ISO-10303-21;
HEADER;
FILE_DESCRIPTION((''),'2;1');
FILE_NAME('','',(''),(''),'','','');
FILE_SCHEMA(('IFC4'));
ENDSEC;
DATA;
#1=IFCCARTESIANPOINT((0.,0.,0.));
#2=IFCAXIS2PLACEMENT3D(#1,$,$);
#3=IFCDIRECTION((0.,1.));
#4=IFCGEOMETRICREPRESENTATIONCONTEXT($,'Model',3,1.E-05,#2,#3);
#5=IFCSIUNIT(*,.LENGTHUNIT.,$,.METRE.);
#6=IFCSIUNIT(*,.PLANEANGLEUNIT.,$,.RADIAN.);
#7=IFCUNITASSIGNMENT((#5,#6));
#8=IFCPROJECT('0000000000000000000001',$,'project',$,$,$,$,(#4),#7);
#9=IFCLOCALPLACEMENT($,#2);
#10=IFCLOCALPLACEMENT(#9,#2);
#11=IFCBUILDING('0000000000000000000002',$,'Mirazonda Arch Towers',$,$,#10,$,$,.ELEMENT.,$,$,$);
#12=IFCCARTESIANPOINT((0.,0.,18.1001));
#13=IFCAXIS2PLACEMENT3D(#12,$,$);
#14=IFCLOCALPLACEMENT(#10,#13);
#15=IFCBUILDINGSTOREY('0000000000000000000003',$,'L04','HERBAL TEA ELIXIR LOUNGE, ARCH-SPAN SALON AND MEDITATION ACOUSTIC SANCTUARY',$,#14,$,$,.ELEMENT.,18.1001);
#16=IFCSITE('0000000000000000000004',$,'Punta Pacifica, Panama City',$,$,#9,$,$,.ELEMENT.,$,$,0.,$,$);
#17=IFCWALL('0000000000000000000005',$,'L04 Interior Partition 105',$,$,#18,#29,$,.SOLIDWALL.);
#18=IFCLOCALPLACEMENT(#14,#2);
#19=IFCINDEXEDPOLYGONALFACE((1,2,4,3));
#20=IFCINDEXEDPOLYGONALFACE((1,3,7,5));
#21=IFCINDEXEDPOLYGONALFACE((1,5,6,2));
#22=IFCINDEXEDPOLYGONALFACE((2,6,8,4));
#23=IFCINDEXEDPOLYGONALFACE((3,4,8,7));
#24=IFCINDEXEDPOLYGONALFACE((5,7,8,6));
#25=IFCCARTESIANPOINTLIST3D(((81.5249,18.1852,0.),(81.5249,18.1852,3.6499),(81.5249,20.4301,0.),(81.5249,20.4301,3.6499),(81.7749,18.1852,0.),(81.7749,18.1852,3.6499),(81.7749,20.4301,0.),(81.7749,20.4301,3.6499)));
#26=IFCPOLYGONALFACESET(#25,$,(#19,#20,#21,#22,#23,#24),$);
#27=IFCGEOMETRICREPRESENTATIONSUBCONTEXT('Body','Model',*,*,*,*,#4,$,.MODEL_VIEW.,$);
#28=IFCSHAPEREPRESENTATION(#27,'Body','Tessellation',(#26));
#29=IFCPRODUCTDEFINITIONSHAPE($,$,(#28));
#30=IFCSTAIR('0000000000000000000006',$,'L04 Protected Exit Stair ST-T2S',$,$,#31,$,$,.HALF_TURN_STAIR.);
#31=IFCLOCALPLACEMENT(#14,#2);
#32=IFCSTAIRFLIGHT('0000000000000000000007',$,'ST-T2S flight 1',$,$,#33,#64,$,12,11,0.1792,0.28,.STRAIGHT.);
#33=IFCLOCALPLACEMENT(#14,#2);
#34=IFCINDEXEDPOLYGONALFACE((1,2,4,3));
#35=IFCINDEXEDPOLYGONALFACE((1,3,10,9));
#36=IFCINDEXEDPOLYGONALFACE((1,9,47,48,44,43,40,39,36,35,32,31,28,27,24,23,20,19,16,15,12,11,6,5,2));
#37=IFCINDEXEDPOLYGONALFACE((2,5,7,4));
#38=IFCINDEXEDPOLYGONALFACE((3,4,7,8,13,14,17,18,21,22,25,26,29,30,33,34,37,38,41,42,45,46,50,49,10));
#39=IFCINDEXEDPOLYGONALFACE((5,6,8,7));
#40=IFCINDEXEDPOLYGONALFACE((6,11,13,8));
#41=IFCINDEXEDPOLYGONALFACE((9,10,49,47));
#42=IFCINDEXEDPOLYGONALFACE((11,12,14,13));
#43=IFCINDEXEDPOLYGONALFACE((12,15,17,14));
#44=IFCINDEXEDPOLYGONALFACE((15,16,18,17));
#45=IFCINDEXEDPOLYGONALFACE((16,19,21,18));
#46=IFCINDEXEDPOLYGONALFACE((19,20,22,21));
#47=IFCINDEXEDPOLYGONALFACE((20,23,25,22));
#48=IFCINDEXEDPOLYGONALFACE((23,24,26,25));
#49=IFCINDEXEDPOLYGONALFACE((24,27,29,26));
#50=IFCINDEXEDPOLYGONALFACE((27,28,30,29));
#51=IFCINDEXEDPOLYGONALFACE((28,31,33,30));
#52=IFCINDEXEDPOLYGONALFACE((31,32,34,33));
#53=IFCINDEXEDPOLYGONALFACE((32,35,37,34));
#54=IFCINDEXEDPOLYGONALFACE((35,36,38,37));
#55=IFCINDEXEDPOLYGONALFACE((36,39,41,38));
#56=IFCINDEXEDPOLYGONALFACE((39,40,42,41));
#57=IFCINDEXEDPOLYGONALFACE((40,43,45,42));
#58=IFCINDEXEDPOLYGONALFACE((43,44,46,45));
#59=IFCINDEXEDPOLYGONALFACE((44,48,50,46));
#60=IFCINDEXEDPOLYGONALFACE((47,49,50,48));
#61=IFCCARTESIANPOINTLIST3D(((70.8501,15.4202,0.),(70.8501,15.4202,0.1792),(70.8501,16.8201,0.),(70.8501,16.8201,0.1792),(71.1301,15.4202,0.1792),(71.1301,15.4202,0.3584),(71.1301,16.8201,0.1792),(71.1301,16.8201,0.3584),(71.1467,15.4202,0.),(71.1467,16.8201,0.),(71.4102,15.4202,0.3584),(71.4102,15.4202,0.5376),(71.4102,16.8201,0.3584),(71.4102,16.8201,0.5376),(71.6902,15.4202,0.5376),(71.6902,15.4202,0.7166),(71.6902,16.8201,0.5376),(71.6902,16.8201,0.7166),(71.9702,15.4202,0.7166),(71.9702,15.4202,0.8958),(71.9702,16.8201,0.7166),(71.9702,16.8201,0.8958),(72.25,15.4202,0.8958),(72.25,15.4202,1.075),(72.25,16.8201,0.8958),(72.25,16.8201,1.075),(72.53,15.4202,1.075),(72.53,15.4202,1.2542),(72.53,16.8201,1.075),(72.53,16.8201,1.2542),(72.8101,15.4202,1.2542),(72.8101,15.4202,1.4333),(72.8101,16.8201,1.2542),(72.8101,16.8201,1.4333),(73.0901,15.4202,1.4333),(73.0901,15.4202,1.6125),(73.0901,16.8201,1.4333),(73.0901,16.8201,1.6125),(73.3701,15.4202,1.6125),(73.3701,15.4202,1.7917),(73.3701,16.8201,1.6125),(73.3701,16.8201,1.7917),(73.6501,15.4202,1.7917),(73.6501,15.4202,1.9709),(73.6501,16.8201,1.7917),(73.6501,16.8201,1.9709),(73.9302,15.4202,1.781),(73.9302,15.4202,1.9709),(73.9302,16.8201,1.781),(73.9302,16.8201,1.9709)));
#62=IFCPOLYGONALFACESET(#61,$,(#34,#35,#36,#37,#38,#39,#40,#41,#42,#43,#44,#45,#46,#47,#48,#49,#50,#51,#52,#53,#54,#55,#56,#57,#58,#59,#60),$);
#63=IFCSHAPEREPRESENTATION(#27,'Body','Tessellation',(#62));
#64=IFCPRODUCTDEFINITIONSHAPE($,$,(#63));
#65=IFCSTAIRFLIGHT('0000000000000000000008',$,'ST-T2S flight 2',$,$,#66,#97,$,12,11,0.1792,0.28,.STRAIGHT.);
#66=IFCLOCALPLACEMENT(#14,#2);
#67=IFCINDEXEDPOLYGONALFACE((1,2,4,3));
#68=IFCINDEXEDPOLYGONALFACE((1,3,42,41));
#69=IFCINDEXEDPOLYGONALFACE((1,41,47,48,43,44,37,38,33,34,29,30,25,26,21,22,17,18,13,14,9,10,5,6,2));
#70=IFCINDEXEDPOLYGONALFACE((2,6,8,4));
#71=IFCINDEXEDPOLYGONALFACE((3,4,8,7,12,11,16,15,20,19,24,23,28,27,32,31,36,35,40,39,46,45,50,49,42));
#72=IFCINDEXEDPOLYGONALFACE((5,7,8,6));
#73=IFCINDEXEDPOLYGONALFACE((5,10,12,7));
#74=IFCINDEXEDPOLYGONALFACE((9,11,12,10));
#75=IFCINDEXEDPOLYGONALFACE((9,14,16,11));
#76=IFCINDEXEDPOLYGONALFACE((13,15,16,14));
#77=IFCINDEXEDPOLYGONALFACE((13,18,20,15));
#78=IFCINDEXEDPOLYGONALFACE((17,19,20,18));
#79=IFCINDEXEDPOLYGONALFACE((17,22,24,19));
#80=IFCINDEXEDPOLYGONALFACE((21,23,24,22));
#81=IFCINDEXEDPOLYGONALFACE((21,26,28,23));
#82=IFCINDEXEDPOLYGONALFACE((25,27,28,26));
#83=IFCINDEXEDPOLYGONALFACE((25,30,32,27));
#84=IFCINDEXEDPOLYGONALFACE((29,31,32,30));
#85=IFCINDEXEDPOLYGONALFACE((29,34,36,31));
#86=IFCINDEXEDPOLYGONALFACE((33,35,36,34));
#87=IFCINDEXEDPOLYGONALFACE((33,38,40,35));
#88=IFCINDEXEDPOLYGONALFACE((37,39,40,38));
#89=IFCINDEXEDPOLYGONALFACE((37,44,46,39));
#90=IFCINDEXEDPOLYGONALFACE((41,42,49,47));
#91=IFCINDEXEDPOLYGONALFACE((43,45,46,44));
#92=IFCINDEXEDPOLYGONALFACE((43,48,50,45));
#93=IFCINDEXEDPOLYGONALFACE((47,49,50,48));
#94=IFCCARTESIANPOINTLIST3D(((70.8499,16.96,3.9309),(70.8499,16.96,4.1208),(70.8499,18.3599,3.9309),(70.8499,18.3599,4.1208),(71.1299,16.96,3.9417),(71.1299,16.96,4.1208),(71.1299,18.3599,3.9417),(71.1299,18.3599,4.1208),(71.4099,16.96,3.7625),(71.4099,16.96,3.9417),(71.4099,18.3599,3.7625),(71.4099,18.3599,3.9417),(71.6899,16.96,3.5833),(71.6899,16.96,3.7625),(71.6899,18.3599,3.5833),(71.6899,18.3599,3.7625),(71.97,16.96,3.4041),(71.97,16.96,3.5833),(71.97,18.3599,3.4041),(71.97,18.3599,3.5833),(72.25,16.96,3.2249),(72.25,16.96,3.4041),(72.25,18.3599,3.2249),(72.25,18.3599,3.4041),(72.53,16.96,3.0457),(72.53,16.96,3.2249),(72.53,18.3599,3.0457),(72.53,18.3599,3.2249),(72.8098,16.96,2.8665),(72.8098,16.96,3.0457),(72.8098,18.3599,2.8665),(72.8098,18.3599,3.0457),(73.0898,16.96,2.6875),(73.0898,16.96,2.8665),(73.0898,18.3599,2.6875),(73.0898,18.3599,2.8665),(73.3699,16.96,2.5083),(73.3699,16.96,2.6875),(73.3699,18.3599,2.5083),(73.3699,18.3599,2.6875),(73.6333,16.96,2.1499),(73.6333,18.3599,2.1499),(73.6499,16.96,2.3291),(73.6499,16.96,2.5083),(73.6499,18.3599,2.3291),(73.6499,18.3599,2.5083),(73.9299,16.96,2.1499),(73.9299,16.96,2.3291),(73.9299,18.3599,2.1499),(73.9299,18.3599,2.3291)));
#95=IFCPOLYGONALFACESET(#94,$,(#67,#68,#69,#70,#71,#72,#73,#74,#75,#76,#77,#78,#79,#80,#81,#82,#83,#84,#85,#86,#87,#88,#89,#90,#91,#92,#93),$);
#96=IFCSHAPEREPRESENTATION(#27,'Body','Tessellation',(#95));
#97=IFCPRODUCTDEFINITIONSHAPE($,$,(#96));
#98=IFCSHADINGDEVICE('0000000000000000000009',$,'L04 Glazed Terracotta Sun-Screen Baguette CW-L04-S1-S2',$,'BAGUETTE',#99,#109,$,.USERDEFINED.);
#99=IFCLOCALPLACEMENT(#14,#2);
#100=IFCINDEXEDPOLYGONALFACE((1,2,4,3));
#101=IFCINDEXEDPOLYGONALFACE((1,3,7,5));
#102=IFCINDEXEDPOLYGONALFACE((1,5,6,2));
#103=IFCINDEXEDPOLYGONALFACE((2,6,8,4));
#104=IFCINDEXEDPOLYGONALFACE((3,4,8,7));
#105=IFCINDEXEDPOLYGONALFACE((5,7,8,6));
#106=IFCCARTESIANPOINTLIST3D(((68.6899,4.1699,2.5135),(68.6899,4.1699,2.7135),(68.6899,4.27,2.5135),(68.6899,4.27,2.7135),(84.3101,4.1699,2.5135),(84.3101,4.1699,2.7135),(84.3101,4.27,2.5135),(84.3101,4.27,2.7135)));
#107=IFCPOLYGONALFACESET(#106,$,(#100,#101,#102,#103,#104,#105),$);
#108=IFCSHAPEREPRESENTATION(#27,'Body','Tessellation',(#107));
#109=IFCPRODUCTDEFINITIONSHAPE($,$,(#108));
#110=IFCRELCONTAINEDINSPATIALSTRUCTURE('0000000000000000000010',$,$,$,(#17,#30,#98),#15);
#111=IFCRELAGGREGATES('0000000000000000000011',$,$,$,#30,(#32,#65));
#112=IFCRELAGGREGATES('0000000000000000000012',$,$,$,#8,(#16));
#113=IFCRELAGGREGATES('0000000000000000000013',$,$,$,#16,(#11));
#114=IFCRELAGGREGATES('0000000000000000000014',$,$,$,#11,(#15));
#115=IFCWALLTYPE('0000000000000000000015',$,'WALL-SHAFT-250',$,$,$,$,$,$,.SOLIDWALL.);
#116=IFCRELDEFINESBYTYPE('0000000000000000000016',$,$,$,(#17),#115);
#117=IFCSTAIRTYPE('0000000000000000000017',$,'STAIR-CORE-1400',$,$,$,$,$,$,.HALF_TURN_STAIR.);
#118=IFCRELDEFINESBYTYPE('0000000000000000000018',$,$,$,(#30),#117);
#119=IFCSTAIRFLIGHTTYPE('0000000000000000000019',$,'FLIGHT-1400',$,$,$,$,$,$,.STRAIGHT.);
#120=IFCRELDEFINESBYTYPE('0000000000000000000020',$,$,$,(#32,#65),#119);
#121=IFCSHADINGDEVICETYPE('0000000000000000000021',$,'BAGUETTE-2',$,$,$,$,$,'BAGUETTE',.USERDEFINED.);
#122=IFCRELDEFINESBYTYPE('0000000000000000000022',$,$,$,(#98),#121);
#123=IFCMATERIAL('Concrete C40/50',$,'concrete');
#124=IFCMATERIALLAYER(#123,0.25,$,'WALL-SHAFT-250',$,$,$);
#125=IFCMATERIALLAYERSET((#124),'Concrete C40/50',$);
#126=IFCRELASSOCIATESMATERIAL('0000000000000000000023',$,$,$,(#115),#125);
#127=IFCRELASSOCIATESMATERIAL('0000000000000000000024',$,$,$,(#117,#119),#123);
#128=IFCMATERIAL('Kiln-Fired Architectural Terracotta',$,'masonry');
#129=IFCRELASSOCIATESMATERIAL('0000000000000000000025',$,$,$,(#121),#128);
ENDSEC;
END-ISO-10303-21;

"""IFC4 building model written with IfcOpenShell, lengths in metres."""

from ifc_helpers import new_model, si_unit, direction, frame, frame_2d, origin, origin_2d, place, context, subcontext, project, spatial, polyline, rectangle, outline, extrude, material, layer, layer_set, material_profile, profile_set, type_object, element, aggregate, save


model = new_model("IFC4")

# Units and contexts
model_context = context("Model", 3, precision=1e-05, world=origin(), true_north=direction((0.0, 1.0)))
body_context = subcontext(model_context, "Body", "Model", "MODEL_VIEW")
ifc_project = project(units=[si_unit("LENGTHUNIT", "METRE"), si_unit("PLANEANGLEUNIT", "RADIAN")], contexts=[model_context])

# Site, building, storey
site_placement = place(None, origin())
site = spatial("IfcSite", under=ifc_project, at=site_placement, Name="Punta Pacifica, Panama City", CompositionType="ELEMENT", RefElevation=0.0)
building_placement = place(site_placement, origin())
building = spatial("IfcBuilding", under=site, at=building_placement, Name="Mirazonda Arch Towers", CompositionType="ELEMENT")
storey_placement = place(building_placement, frame((0.0, 0.0, 18.1001)))
storey = spatial("IfcBuildingStorey", under=building, at=storey_placement, Name="L04", Description="HERBAL TEA ELIXIR LOUNGE, ARCH-SPAN SALON AND MEDITATION ACOUSTIC SANCTUARY", CompositionType="ELEMENT", Elevation=18.1001)

# Wall
ifc_material_1 = material(Name="Concrete C40/50", Category="concrete")
ifc_layer_1 = layer(ifc_material_1, 0.25, Name="WALL-SHAFT-250")
ifc_layer_set_1 = layer_set([ifc_layer_1], Name="Concrete C40/50")
wall_type_1 = type_object("IfcWallType", Name="WALL-SHAFT-250", PredefinedType="SOLIDWALL", material=ifc_layer_set_1)
wall_1_placement = place(storey_placement, frame((81.6499, 18.1851, 0.0), z_axis=(0.0, 0.0, 1.0), x_axis=(0.0, 1.0, 0.0)))
element("IfcWall", 1, at=wall_1_placement, inside=storey, type_object=wall_type_1, Name="L04 Interior Partition 105", PredefinedType="SOLIDWALL", context=body_context, shape_type="SweptSolid", body=[
    extrude(rectangle(XDim=2.2449, YDim=0.25, at=frame_2d((1.1226, 0.0))), origin(), (0.0, 0.0, 1.0), 3.6499),
])

# Stair, stair flights
stair_type = type_object("IfcStairType", Name="STAIR-CORE-1400", PredefinedType="HALF_TURN_STAIR", material=ifc_material_1)
stair_placement = place(storey_placement, origin())
stair = element("IfcStair", 2, at=stair_placement, inside=storey, type_object=stair_type, Name="L04 Protected Exit Stair ST-T2S", PredefinedType="HALF_TURN_STAIR")
stair_flight_type = type_object("IfcStairFlightType", Name="FLIGHT-1400", PredefinedType="STRAIGHT", material=ifc_material_1)
stair_flight_1_placement = place(storey_placement, frame((70.8501, 16.1201, 0.0), z_axis=(0.0, 0.0, 1.0), x_axis=(1.0, 0.0, 0.0)))
stair_flight_1 = element("IfcStairFlight", 3, at=stair_flight_1_placement, type_object=stair_flight_type, Name="ST-T2S flight 1", NumberOfRisers=12, NumberOfTreads=11, PredefinedType="STRAIGHT", RiserHeight=0.1792, TreadLength=0.28, context=body_context, shape_type="SweptSolid", body=[
    extrude(outline(polyline([(0.0, 0.0), (0.0, 0.1792), (0.28, 0.1792), (0.28, 0.3584), (0.5601, 0.3584), (0.5601, 0.5376), (0.8401, 0.5376), (0.8401, 0.7166), (1.1201, 0.7166), (1.1201, 0.8958), (1.3999, 0.8958), (1.3999, 1.075), (1.6799, 1.075), (1.6799, 1.2542), (1.96, 1.2542), (1.96, 1.4333), (2.24, 1.4333), (2.24, 1.6125), (2.52, 1.6125), (2.52, 1.7917), (2.8, 1.7917), (2.8, 1.9709), (3.0801, 1.9709), (3.0801, 2.1499), (3.0801, 1.781), (0.2966, 0.0), (0.0, 0.0)])), frame((0.0, 0.7, 0.0), z_axis=(0.0, -1.0, 0.0), x_axis=(1.0, 0.0, 0.0)), (0.0, 0.0, 1.0), 1.3999),
])
stair_flight_2_placement = place(storey_placement, frame((73.9299, 17.6599, 2.1499), z_axis=(0.0, 0.0, 1.0), x_axis=(-1.0, 0.0, 0.0)))
stair_flight_2 = element("IfcStairFlight", 4, at=stair_flight_2_placement, type_object=stair_flight_type, Name="ST-T2S flight 2", NumberOfRisers=12, NumberOfTreads=11, PredefinedType="STRAIGHT", RiserHeight=0.1792, TreadLength=0.28, context=body_context, shape_type="SweptSolid", body=[
    extrude(outline(polyline([(0.0, 0.0), (0.0, 0.1792), (0.28, 0.1792), (0.28, 0.3584), (0.5601, 0.3584), (0.5601, 0.5376), (0.8401, 0.5376), (0.8401, 0.7166), (1.1201, 0.7166), (1.1201, 0.8958), (1.3999, 0.8958), (1.3999, 1.075), (1.6799, 1.075), (1.6799, 1.2542), (1.96, 1.2542), (1.96, 1.4333), (2.24, 1.4333), (2.24, 1.6125), (2.52, 1.6125), (2.52, 1.7917), (2.8, 1.7917), (2.8, 1.9709), (3.0801, 1.9709), (3.0801, 2.1499), (3.0801, 1.781), (0.2966, 0.0), (0.0, 0.0)])), frame((0.0, 0.7, 0.0), z_axis=(0.0, -1.0, 0.0), x_axis=(1.0, 0.0, 0.0)), (0.0, 0.0, 1.0), 1.3999),
])
aggregate(stair, [stair_flight_1, stair_flight_2])

# Shading device
ifc_material_2 = material(Name="Kiln-Fired Architectural Terracotta", Category="masonry")
ifc_material_profile_1 = material_profile(ifc_material_2, rectangle(XDim=0.1001, YDim=0.2, at=origin_2d()), Name="TERRA-BAG-100x200")
ifc_profile_set_1 = profile_set([ifc_material_profile_1], Name="Kiln-Fired Architectural Terracotta")
shading_device_type = type_object("IfcShadingDeviceType", Name="BAGUETTE-2", ElementType="BAGUETTE", PredefinedType="USERDEFINED", material=ifc_profile_set_1)
shading_device_placement = place(storey_placement, frame((84.3101, 4.22, 2.6135), z_axis=(-1.0, 0.0, 0.0), x_axis=(0.0, -1.0, 0.0)))
element("IfcShadingDevice", 5, at=shading_device_placement, inside=storey, type_object=shading_device_type, Name="L04 Glazed Terracotta Sun-Screen Baguette CW-L04-S1-S2", ObjectType="BAGUETTE", PredefinedType="USERDEFINED", context=body_context, shape_type="SweptSolid", body=[
    extrude(rectangle(XDim=0.1001, YDim=0.2, at=origin_2d()), origin(), (0.0, 0.0, 1.0), 15.6201),
])

save(model, "model.ifc")
